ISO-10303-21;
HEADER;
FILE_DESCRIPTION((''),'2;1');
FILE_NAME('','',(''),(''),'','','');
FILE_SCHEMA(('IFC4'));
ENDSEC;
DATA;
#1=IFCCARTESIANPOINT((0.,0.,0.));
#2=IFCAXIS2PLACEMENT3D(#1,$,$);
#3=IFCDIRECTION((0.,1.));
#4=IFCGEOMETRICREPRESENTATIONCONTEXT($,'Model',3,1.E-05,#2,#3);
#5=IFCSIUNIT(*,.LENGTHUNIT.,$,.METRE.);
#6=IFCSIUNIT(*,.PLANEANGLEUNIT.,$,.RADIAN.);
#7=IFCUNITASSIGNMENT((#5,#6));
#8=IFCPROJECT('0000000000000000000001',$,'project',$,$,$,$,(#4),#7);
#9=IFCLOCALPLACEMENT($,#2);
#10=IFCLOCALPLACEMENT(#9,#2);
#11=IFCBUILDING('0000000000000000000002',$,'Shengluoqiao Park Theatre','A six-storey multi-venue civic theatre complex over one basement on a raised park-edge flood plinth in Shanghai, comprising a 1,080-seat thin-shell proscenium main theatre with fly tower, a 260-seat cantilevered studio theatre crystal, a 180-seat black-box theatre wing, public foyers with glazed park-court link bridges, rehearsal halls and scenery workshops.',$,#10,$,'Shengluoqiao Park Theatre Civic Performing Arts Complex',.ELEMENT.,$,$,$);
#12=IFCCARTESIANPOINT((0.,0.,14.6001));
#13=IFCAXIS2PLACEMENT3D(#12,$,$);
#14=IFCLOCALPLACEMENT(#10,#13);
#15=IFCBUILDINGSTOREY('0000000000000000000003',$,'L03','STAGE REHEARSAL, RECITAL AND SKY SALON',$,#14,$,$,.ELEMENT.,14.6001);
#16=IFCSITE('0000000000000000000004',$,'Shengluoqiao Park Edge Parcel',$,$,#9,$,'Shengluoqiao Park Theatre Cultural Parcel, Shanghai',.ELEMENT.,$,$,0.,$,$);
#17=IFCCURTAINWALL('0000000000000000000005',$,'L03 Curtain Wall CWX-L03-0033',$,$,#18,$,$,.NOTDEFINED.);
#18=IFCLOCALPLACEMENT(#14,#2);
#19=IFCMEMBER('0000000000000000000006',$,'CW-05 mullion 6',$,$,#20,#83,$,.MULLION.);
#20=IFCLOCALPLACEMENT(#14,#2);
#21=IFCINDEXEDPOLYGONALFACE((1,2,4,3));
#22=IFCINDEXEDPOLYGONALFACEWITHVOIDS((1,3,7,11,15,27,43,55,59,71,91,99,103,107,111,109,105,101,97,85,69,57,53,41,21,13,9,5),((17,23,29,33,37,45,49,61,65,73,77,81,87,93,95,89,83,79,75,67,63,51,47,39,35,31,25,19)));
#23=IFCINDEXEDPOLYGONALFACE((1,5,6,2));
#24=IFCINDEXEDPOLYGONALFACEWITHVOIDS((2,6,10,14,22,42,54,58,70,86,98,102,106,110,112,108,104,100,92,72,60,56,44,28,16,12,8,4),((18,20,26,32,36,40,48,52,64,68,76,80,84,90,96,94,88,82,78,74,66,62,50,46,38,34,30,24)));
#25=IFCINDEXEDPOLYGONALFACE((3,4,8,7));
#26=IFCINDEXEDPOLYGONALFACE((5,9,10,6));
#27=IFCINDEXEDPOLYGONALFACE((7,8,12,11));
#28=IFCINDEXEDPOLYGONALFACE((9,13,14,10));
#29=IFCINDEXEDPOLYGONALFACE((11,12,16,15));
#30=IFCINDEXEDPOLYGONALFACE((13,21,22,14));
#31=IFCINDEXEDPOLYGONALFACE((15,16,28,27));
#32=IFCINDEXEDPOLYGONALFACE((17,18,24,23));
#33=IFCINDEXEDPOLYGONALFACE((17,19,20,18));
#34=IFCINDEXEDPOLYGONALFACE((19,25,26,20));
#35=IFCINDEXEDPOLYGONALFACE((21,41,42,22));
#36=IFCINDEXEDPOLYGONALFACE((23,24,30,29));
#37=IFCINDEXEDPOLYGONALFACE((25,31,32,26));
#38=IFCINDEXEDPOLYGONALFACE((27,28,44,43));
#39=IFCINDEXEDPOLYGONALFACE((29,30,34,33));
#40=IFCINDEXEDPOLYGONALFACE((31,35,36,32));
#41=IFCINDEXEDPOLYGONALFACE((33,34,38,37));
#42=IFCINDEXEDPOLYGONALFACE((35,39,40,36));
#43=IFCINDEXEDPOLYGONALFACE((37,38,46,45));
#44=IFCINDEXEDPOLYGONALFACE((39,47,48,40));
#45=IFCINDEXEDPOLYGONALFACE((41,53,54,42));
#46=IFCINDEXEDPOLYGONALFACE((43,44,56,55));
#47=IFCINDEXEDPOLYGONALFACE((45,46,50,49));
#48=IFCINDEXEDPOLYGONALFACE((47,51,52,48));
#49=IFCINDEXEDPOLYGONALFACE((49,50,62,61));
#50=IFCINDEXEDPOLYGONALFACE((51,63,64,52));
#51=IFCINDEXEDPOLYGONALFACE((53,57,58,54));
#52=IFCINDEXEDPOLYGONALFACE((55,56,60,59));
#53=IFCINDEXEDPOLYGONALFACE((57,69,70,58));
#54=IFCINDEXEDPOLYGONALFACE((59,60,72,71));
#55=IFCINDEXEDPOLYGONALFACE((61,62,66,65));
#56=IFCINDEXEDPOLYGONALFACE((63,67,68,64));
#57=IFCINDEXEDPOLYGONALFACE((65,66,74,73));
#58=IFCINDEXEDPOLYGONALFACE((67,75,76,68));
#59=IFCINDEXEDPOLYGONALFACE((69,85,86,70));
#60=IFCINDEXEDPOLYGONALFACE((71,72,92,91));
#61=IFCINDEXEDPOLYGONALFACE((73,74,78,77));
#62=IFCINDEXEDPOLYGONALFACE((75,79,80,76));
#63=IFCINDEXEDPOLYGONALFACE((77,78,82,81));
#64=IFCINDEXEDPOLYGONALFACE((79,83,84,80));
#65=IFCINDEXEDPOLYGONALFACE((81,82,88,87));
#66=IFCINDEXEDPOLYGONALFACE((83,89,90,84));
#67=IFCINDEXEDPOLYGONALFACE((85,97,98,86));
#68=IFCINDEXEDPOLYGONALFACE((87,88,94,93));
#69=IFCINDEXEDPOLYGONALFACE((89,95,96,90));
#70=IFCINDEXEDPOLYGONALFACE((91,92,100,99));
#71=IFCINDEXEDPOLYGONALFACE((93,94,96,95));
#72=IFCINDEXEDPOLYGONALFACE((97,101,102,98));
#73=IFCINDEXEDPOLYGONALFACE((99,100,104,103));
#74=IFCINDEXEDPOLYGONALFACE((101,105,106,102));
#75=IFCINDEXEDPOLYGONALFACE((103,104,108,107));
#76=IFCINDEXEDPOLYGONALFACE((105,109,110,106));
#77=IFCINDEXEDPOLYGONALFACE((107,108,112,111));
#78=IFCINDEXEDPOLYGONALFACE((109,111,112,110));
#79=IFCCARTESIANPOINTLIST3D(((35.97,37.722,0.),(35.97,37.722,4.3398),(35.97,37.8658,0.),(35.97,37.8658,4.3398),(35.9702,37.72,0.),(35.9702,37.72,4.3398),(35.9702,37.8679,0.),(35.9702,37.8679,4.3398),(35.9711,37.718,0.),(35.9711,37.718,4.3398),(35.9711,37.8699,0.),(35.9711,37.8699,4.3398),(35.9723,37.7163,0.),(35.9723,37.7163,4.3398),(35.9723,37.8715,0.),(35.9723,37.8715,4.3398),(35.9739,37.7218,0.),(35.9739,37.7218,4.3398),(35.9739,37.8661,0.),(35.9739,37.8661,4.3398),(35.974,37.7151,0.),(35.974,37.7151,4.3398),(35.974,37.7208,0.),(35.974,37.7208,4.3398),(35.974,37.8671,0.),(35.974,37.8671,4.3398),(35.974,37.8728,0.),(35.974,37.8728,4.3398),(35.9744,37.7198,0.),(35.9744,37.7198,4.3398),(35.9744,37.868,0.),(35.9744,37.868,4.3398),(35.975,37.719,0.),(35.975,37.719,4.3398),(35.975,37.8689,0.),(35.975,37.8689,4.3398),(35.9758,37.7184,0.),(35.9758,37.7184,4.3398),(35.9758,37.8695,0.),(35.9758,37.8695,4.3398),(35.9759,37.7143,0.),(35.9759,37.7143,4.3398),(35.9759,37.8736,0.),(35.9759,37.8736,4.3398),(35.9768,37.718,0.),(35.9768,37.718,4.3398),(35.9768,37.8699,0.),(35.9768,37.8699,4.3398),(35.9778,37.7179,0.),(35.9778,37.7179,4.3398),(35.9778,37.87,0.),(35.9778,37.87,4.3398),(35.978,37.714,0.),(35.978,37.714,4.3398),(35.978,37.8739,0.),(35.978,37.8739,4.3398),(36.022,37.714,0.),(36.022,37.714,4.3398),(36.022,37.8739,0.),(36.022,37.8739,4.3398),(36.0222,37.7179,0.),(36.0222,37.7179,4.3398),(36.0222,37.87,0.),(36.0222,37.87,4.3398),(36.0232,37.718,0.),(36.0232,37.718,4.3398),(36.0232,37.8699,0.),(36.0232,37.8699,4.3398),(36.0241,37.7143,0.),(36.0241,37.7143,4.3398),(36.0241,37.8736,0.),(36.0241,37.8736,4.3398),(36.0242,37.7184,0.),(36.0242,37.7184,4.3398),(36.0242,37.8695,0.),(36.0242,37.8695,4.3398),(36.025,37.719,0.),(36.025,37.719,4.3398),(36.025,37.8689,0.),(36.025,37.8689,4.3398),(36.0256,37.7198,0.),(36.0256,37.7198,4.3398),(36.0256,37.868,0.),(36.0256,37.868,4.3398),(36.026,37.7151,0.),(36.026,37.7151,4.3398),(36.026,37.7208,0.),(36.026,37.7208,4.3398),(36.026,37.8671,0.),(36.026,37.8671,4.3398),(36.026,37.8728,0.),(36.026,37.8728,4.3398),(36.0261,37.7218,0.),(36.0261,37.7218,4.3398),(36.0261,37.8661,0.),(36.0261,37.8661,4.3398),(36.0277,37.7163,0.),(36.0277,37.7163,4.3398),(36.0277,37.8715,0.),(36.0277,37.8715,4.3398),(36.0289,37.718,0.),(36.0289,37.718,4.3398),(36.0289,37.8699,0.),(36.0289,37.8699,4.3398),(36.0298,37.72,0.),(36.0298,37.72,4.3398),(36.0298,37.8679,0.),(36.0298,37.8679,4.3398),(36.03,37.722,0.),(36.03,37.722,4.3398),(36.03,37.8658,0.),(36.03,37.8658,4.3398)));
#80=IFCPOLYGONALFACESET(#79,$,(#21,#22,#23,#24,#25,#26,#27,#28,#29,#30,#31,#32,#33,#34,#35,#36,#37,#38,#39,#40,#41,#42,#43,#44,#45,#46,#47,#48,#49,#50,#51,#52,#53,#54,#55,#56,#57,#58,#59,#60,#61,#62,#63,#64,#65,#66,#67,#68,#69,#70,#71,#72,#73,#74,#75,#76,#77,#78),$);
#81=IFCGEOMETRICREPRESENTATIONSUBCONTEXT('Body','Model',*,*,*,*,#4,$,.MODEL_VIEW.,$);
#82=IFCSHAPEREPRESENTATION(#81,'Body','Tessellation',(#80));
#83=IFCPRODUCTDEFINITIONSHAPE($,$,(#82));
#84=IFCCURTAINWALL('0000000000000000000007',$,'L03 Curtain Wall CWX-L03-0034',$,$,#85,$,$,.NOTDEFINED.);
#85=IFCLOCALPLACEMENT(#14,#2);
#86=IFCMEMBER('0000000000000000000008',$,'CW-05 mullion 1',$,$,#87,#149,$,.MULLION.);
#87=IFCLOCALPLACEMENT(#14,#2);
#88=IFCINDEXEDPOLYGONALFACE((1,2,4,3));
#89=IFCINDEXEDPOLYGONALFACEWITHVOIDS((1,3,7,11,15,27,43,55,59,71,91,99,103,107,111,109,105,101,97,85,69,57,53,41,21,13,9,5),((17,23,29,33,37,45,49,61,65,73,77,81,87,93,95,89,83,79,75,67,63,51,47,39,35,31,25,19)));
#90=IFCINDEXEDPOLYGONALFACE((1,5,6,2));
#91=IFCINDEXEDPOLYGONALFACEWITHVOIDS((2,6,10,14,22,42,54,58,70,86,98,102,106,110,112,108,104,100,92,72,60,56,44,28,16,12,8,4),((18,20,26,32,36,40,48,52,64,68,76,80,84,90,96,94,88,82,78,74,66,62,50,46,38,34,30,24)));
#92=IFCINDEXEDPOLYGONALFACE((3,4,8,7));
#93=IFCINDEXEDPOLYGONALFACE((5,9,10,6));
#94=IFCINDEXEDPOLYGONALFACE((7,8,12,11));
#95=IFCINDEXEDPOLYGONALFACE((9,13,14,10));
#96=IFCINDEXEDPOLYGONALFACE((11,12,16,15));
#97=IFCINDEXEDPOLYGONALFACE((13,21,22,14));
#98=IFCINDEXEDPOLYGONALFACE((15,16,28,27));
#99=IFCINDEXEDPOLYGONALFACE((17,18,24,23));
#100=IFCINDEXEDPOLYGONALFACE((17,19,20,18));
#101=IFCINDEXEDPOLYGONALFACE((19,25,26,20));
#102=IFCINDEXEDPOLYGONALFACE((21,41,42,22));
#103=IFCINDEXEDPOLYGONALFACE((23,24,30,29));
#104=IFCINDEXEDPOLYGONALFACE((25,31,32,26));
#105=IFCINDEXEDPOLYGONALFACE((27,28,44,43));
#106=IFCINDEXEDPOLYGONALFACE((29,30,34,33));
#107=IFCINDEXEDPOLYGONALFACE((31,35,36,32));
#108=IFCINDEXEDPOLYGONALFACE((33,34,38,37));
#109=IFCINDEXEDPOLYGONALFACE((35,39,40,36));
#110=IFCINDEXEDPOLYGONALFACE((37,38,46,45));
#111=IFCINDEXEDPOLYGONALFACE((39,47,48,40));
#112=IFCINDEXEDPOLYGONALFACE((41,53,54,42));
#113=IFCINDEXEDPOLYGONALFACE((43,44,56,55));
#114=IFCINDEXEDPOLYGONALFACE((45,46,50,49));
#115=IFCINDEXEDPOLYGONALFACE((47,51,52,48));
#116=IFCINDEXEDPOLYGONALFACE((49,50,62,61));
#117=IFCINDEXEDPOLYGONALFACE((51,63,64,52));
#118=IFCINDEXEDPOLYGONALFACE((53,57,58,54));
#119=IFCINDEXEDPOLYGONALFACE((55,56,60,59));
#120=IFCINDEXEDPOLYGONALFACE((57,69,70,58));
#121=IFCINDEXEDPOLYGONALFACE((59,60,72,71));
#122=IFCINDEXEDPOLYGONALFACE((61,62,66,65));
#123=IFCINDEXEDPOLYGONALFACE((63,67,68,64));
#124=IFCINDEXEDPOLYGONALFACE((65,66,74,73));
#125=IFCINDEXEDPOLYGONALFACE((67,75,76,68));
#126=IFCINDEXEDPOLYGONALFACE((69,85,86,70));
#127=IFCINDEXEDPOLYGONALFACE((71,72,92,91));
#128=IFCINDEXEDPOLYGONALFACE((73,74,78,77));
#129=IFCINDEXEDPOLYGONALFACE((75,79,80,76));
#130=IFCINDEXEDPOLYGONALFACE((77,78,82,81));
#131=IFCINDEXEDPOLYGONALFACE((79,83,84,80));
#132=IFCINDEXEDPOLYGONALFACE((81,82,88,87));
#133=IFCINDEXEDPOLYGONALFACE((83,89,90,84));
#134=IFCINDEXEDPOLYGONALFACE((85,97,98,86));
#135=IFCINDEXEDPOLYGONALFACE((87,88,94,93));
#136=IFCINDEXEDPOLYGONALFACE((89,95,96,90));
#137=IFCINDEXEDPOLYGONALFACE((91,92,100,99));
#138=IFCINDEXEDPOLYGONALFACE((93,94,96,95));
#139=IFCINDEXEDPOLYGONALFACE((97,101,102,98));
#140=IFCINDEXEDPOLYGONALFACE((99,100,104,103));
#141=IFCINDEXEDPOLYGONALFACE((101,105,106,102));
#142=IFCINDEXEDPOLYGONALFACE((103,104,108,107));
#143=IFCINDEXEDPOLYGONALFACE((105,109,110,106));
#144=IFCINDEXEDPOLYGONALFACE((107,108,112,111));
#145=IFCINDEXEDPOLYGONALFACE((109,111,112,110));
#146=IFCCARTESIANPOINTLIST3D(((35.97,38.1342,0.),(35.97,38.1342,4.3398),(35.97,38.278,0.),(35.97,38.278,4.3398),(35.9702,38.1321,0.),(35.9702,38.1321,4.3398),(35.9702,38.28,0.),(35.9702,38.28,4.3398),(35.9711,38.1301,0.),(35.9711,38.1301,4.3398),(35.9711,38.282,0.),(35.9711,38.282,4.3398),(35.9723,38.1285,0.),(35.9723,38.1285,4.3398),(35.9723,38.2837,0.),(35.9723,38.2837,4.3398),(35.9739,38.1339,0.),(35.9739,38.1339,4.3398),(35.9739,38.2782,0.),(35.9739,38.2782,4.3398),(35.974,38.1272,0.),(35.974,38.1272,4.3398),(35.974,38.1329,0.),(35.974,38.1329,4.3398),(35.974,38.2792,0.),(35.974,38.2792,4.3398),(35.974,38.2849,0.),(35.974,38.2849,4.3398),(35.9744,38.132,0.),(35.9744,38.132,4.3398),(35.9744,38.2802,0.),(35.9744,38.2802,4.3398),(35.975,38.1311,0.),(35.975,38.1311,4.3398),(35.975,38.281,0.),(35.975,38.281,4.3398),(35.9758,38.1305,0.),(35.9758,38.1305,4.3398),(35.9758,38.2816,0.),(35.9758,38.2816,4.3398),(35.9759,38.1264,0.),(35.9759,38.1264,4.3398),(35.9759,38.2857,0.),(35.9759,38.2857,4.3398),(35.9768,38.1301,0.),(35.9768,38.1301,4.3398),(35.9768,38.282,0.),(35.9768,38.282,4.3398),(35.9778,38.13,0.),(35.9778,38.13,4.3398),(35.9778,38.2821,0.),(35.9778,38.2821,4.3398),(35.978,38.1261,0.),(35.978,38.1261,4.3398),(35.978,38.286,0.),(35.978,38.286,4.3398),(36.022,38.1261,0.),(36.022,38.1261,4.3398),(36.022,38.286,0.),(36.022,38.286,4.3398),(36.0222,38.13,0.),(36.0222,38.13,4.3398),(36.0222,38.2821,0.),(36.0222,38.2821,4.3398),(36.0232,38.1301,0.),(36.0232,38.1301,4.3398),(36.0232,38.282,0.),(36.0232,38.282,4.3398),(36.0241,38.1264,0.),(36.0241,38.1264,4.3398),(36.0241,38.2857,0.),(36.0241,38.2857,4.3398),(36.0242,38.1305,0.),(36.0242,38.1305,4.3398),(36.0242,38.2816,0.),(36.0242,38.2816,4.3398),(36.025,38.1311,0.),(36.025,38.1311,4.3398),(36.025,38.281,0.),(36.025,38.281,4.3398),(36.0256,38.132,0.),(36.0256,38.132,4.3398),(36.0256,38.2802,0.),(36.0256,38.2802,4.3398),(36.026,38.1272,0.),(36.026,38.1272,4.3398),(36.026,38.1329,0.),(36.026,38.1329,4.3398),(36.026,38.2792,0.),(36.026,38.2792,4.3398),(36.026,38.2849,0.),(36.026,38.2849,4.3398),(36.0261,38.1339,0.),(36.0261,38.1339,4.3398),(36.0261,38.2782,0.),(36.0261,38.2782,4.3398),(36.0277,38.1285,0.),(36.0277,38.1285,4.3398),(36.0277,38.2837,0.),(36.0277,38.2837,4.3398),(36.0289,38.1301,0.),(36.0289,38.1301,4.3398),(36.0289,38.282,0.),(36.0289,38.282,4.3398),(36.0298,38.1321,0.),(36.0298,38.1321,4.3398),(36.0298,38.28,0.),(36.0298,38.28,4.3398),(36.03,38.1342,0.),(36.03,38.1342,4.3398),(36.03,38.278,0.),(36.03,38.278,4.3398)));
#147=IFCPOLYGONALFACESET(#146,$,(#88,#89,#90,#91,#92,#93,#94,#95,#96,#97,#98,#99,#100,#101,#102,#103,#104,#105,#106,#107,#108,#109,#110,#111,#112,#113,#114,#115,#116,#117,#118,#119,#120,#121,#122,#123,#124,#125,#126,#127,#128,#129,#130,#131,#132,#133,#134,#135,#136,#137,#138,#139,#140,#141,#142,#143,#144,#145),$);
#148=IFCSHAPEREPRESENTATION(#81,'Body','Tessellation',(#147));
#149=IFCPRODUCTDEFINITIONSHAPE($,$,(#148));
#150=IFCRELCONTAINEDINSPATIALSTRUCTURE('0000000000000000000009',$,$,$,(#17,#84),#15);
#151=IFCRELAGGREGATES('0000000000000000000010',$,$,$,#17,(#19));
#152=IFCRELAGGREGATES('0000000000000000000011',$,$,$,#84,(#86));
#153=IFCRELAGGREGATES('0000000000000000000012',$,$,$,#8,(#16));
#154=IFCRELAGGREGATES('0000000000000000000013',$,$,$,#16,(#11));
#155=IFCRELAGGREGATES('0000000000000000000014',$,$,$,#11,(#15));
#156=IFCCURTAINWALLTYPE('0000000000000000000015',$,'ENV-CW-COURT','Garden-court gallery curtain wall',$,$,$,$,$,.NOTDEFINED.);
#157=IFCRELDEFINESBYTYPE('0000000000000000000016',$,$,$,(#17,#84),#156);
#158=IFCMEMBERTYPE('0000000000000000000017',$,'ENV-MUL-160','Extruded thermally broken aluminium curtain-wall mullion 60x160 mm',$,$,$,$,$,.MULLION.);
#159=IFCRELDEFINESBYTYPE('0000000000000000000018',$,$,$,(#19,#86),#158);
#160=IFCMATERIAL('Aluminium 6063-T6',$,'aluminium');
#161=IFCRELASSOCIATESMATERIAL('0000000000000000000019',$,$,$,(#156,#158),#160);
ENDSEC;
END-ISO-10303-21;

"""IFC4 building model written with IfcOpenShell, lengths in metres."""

from ifc_helpers import new_model, si_unit, direction, frame, origin, origin_2d, place, context, subcontext, project, spatial, hollow_rectangle, extrude, material, material_profile, profile_set, type_object, element, aggregate, save


model = new_model("IFC4")

# Units and contexts
model_context = context("Model", 3, precision=1e-05, world=origin(), true_north=direction((0.0, 1.0)))
body_context = subcontext(model_context, "Body", "Model", "MODEL_VIEW")
ifc_project = project(units=[si_unit("LENGTHUNIT", "METRE"), si_unit("PLANEANGLEUNIT", "RADIAN")], contexts=[model_context])

# Site, building, storey
site_placement = place(None, origin())
site = spatial("IfcSite", under=ifc_project, at=site_placement, Name="Shengluoqiao Park Edge Parcel", LongName="Shengluoqiao Park Theatre Cultural Parcel, Shanghai", CompositionType="ELEMENT", RefElevation=0.0)
building_placement = place(site_placement, origin())
building = spatial("IfcBuilding", under=site, at=building_placement, Name="Shengluoqiao Park Theatre", Description="A six-storey multi-venue civic theatre complex over one basement on a raised park-edge flood plinth in Shanghai, comprising a 1,080-seat thin-shell proscenium main theatre with fly tower, a 260-seat cantilevered studio theatre crystal, a 180-seat black-box theatre wing, public foyers with glazed park-court link bridges, rehearsal halls and scenery workshops.", LongName="Shengluoqiao Park Theatre Civic Performing Arts Complex", CompositionType="ELEMENT")
storey_placement = place(building_placement, frame((0.0, 0.0, 14.6001)))
storey = spatial("IfcBuildingStorey", under=building, at=storey_placement, Name="L03", Description="STAGE REHEARSAL, RECITAL AND SKY SALON", CompositionType="ELEMENT", Elevation=14.6001)

# Curtain walls, members
ifc_material_1 = material(Name="Aluminium 6063-T6", Category="aluminium")
curtain_wall_type = type_object("IfcCurtainWallType", Name="ENV-CW-COURT", Description="Garden-court gallery curtain wall", PredefinedType="NOTDEFINED", material=ifc_material_1)
curtain_wall_1_placement = place(storey_placement, origin())
curtain_wall_1 = element("IfcCurtainWall", 1, at=curtain_wall_1_placement, inside=storey, type_object=curtain_wall_type, Name="L03 Curtain Wall CWX-L03-0033", PredefinedType="NOTDEFINED")
ifc_material_profile_1 = material_profile(ifc_material_1, hollow_rectangle(XDim=0.0601, YDim=0.1599, WallThickness=0.0039, InnerFilletRadius=0.0039, OuterFilletRadius=0.0081, at=origin_2d()), Name="ALU MULLION 160x60x4")
ifc_profile_set_1 = profile_set([ifc_material_profile_1], Name="Aluminium 6063-T6")
member_type_1 = type_object("IfcMemberType", Name="ENV-MUL-160", Description="Extruded thermally broken aluminium curtain-wall mullion 60x160 mm", PredefinedType="MULLION", material=ifc_profile_set_1)
member_1_placement = place(storey_placement, frame((36.0, 37.7939, 0.0), z_axis=(0.0, 0.0, 1.0), x_axis=(-1.0, 0.0, 0.0)))
member_1 = element("IfcMember", 2, at=member_1_placement, type_object=member_type_1, Name="CW-05 mullion 6", PredefinedType="MULLION", context=body_context, shape_type="SweptSolid", body=[
    extrude(hollow_rectangle(XDim=0.0601, YDim=0.1599, WallThickness=0.0039, InnerFilletRadius=0.0039, OuterFilletRadius=0.0081, at=origin_2d()), origin(), (0.0, 0.0, 1.0), 4.3398),
])
curtain_wall_2_placement = place(storey_placement, origin())
curtain_wall_2 = element("IfcCurtainWall", 3, at=curtain_wall_2_placement, inside=storey, type_object=curtain_wall_type, Name="L03 Curtain Wall CWX-L03-0034", PredefinedType="NOTDEFINED")
member_2_placement = place(storey_placement, frame((36.0, 38.2061, 0.0), z_axis=(0.0, 0.0, 1.0), x_axis=(-1.0, 0.0, 0.0)))
member_2 = element("IfcMember", 4, at=member_2_placement, type_object=member_type_1, Name="CW-05 mullion 1", PredefinedType="MULLION", context=body_context, shape_type="SweptSolid", body=[
    extrude(hollow_rectangle(XDim=0.0601, YDim=0.1599, WallThickness=0.0039, InnerFilletRadius=0.0039, OuterFilletRadius=0.0081, at=origin_2d()), origin(), (0.0, 0.0, 1.0), 4.3398),
])

aggregate(curtain_wall_1, [member_1])
aggregate(curtain_wall_2, [member_2])

save(model, "model.ifc")
